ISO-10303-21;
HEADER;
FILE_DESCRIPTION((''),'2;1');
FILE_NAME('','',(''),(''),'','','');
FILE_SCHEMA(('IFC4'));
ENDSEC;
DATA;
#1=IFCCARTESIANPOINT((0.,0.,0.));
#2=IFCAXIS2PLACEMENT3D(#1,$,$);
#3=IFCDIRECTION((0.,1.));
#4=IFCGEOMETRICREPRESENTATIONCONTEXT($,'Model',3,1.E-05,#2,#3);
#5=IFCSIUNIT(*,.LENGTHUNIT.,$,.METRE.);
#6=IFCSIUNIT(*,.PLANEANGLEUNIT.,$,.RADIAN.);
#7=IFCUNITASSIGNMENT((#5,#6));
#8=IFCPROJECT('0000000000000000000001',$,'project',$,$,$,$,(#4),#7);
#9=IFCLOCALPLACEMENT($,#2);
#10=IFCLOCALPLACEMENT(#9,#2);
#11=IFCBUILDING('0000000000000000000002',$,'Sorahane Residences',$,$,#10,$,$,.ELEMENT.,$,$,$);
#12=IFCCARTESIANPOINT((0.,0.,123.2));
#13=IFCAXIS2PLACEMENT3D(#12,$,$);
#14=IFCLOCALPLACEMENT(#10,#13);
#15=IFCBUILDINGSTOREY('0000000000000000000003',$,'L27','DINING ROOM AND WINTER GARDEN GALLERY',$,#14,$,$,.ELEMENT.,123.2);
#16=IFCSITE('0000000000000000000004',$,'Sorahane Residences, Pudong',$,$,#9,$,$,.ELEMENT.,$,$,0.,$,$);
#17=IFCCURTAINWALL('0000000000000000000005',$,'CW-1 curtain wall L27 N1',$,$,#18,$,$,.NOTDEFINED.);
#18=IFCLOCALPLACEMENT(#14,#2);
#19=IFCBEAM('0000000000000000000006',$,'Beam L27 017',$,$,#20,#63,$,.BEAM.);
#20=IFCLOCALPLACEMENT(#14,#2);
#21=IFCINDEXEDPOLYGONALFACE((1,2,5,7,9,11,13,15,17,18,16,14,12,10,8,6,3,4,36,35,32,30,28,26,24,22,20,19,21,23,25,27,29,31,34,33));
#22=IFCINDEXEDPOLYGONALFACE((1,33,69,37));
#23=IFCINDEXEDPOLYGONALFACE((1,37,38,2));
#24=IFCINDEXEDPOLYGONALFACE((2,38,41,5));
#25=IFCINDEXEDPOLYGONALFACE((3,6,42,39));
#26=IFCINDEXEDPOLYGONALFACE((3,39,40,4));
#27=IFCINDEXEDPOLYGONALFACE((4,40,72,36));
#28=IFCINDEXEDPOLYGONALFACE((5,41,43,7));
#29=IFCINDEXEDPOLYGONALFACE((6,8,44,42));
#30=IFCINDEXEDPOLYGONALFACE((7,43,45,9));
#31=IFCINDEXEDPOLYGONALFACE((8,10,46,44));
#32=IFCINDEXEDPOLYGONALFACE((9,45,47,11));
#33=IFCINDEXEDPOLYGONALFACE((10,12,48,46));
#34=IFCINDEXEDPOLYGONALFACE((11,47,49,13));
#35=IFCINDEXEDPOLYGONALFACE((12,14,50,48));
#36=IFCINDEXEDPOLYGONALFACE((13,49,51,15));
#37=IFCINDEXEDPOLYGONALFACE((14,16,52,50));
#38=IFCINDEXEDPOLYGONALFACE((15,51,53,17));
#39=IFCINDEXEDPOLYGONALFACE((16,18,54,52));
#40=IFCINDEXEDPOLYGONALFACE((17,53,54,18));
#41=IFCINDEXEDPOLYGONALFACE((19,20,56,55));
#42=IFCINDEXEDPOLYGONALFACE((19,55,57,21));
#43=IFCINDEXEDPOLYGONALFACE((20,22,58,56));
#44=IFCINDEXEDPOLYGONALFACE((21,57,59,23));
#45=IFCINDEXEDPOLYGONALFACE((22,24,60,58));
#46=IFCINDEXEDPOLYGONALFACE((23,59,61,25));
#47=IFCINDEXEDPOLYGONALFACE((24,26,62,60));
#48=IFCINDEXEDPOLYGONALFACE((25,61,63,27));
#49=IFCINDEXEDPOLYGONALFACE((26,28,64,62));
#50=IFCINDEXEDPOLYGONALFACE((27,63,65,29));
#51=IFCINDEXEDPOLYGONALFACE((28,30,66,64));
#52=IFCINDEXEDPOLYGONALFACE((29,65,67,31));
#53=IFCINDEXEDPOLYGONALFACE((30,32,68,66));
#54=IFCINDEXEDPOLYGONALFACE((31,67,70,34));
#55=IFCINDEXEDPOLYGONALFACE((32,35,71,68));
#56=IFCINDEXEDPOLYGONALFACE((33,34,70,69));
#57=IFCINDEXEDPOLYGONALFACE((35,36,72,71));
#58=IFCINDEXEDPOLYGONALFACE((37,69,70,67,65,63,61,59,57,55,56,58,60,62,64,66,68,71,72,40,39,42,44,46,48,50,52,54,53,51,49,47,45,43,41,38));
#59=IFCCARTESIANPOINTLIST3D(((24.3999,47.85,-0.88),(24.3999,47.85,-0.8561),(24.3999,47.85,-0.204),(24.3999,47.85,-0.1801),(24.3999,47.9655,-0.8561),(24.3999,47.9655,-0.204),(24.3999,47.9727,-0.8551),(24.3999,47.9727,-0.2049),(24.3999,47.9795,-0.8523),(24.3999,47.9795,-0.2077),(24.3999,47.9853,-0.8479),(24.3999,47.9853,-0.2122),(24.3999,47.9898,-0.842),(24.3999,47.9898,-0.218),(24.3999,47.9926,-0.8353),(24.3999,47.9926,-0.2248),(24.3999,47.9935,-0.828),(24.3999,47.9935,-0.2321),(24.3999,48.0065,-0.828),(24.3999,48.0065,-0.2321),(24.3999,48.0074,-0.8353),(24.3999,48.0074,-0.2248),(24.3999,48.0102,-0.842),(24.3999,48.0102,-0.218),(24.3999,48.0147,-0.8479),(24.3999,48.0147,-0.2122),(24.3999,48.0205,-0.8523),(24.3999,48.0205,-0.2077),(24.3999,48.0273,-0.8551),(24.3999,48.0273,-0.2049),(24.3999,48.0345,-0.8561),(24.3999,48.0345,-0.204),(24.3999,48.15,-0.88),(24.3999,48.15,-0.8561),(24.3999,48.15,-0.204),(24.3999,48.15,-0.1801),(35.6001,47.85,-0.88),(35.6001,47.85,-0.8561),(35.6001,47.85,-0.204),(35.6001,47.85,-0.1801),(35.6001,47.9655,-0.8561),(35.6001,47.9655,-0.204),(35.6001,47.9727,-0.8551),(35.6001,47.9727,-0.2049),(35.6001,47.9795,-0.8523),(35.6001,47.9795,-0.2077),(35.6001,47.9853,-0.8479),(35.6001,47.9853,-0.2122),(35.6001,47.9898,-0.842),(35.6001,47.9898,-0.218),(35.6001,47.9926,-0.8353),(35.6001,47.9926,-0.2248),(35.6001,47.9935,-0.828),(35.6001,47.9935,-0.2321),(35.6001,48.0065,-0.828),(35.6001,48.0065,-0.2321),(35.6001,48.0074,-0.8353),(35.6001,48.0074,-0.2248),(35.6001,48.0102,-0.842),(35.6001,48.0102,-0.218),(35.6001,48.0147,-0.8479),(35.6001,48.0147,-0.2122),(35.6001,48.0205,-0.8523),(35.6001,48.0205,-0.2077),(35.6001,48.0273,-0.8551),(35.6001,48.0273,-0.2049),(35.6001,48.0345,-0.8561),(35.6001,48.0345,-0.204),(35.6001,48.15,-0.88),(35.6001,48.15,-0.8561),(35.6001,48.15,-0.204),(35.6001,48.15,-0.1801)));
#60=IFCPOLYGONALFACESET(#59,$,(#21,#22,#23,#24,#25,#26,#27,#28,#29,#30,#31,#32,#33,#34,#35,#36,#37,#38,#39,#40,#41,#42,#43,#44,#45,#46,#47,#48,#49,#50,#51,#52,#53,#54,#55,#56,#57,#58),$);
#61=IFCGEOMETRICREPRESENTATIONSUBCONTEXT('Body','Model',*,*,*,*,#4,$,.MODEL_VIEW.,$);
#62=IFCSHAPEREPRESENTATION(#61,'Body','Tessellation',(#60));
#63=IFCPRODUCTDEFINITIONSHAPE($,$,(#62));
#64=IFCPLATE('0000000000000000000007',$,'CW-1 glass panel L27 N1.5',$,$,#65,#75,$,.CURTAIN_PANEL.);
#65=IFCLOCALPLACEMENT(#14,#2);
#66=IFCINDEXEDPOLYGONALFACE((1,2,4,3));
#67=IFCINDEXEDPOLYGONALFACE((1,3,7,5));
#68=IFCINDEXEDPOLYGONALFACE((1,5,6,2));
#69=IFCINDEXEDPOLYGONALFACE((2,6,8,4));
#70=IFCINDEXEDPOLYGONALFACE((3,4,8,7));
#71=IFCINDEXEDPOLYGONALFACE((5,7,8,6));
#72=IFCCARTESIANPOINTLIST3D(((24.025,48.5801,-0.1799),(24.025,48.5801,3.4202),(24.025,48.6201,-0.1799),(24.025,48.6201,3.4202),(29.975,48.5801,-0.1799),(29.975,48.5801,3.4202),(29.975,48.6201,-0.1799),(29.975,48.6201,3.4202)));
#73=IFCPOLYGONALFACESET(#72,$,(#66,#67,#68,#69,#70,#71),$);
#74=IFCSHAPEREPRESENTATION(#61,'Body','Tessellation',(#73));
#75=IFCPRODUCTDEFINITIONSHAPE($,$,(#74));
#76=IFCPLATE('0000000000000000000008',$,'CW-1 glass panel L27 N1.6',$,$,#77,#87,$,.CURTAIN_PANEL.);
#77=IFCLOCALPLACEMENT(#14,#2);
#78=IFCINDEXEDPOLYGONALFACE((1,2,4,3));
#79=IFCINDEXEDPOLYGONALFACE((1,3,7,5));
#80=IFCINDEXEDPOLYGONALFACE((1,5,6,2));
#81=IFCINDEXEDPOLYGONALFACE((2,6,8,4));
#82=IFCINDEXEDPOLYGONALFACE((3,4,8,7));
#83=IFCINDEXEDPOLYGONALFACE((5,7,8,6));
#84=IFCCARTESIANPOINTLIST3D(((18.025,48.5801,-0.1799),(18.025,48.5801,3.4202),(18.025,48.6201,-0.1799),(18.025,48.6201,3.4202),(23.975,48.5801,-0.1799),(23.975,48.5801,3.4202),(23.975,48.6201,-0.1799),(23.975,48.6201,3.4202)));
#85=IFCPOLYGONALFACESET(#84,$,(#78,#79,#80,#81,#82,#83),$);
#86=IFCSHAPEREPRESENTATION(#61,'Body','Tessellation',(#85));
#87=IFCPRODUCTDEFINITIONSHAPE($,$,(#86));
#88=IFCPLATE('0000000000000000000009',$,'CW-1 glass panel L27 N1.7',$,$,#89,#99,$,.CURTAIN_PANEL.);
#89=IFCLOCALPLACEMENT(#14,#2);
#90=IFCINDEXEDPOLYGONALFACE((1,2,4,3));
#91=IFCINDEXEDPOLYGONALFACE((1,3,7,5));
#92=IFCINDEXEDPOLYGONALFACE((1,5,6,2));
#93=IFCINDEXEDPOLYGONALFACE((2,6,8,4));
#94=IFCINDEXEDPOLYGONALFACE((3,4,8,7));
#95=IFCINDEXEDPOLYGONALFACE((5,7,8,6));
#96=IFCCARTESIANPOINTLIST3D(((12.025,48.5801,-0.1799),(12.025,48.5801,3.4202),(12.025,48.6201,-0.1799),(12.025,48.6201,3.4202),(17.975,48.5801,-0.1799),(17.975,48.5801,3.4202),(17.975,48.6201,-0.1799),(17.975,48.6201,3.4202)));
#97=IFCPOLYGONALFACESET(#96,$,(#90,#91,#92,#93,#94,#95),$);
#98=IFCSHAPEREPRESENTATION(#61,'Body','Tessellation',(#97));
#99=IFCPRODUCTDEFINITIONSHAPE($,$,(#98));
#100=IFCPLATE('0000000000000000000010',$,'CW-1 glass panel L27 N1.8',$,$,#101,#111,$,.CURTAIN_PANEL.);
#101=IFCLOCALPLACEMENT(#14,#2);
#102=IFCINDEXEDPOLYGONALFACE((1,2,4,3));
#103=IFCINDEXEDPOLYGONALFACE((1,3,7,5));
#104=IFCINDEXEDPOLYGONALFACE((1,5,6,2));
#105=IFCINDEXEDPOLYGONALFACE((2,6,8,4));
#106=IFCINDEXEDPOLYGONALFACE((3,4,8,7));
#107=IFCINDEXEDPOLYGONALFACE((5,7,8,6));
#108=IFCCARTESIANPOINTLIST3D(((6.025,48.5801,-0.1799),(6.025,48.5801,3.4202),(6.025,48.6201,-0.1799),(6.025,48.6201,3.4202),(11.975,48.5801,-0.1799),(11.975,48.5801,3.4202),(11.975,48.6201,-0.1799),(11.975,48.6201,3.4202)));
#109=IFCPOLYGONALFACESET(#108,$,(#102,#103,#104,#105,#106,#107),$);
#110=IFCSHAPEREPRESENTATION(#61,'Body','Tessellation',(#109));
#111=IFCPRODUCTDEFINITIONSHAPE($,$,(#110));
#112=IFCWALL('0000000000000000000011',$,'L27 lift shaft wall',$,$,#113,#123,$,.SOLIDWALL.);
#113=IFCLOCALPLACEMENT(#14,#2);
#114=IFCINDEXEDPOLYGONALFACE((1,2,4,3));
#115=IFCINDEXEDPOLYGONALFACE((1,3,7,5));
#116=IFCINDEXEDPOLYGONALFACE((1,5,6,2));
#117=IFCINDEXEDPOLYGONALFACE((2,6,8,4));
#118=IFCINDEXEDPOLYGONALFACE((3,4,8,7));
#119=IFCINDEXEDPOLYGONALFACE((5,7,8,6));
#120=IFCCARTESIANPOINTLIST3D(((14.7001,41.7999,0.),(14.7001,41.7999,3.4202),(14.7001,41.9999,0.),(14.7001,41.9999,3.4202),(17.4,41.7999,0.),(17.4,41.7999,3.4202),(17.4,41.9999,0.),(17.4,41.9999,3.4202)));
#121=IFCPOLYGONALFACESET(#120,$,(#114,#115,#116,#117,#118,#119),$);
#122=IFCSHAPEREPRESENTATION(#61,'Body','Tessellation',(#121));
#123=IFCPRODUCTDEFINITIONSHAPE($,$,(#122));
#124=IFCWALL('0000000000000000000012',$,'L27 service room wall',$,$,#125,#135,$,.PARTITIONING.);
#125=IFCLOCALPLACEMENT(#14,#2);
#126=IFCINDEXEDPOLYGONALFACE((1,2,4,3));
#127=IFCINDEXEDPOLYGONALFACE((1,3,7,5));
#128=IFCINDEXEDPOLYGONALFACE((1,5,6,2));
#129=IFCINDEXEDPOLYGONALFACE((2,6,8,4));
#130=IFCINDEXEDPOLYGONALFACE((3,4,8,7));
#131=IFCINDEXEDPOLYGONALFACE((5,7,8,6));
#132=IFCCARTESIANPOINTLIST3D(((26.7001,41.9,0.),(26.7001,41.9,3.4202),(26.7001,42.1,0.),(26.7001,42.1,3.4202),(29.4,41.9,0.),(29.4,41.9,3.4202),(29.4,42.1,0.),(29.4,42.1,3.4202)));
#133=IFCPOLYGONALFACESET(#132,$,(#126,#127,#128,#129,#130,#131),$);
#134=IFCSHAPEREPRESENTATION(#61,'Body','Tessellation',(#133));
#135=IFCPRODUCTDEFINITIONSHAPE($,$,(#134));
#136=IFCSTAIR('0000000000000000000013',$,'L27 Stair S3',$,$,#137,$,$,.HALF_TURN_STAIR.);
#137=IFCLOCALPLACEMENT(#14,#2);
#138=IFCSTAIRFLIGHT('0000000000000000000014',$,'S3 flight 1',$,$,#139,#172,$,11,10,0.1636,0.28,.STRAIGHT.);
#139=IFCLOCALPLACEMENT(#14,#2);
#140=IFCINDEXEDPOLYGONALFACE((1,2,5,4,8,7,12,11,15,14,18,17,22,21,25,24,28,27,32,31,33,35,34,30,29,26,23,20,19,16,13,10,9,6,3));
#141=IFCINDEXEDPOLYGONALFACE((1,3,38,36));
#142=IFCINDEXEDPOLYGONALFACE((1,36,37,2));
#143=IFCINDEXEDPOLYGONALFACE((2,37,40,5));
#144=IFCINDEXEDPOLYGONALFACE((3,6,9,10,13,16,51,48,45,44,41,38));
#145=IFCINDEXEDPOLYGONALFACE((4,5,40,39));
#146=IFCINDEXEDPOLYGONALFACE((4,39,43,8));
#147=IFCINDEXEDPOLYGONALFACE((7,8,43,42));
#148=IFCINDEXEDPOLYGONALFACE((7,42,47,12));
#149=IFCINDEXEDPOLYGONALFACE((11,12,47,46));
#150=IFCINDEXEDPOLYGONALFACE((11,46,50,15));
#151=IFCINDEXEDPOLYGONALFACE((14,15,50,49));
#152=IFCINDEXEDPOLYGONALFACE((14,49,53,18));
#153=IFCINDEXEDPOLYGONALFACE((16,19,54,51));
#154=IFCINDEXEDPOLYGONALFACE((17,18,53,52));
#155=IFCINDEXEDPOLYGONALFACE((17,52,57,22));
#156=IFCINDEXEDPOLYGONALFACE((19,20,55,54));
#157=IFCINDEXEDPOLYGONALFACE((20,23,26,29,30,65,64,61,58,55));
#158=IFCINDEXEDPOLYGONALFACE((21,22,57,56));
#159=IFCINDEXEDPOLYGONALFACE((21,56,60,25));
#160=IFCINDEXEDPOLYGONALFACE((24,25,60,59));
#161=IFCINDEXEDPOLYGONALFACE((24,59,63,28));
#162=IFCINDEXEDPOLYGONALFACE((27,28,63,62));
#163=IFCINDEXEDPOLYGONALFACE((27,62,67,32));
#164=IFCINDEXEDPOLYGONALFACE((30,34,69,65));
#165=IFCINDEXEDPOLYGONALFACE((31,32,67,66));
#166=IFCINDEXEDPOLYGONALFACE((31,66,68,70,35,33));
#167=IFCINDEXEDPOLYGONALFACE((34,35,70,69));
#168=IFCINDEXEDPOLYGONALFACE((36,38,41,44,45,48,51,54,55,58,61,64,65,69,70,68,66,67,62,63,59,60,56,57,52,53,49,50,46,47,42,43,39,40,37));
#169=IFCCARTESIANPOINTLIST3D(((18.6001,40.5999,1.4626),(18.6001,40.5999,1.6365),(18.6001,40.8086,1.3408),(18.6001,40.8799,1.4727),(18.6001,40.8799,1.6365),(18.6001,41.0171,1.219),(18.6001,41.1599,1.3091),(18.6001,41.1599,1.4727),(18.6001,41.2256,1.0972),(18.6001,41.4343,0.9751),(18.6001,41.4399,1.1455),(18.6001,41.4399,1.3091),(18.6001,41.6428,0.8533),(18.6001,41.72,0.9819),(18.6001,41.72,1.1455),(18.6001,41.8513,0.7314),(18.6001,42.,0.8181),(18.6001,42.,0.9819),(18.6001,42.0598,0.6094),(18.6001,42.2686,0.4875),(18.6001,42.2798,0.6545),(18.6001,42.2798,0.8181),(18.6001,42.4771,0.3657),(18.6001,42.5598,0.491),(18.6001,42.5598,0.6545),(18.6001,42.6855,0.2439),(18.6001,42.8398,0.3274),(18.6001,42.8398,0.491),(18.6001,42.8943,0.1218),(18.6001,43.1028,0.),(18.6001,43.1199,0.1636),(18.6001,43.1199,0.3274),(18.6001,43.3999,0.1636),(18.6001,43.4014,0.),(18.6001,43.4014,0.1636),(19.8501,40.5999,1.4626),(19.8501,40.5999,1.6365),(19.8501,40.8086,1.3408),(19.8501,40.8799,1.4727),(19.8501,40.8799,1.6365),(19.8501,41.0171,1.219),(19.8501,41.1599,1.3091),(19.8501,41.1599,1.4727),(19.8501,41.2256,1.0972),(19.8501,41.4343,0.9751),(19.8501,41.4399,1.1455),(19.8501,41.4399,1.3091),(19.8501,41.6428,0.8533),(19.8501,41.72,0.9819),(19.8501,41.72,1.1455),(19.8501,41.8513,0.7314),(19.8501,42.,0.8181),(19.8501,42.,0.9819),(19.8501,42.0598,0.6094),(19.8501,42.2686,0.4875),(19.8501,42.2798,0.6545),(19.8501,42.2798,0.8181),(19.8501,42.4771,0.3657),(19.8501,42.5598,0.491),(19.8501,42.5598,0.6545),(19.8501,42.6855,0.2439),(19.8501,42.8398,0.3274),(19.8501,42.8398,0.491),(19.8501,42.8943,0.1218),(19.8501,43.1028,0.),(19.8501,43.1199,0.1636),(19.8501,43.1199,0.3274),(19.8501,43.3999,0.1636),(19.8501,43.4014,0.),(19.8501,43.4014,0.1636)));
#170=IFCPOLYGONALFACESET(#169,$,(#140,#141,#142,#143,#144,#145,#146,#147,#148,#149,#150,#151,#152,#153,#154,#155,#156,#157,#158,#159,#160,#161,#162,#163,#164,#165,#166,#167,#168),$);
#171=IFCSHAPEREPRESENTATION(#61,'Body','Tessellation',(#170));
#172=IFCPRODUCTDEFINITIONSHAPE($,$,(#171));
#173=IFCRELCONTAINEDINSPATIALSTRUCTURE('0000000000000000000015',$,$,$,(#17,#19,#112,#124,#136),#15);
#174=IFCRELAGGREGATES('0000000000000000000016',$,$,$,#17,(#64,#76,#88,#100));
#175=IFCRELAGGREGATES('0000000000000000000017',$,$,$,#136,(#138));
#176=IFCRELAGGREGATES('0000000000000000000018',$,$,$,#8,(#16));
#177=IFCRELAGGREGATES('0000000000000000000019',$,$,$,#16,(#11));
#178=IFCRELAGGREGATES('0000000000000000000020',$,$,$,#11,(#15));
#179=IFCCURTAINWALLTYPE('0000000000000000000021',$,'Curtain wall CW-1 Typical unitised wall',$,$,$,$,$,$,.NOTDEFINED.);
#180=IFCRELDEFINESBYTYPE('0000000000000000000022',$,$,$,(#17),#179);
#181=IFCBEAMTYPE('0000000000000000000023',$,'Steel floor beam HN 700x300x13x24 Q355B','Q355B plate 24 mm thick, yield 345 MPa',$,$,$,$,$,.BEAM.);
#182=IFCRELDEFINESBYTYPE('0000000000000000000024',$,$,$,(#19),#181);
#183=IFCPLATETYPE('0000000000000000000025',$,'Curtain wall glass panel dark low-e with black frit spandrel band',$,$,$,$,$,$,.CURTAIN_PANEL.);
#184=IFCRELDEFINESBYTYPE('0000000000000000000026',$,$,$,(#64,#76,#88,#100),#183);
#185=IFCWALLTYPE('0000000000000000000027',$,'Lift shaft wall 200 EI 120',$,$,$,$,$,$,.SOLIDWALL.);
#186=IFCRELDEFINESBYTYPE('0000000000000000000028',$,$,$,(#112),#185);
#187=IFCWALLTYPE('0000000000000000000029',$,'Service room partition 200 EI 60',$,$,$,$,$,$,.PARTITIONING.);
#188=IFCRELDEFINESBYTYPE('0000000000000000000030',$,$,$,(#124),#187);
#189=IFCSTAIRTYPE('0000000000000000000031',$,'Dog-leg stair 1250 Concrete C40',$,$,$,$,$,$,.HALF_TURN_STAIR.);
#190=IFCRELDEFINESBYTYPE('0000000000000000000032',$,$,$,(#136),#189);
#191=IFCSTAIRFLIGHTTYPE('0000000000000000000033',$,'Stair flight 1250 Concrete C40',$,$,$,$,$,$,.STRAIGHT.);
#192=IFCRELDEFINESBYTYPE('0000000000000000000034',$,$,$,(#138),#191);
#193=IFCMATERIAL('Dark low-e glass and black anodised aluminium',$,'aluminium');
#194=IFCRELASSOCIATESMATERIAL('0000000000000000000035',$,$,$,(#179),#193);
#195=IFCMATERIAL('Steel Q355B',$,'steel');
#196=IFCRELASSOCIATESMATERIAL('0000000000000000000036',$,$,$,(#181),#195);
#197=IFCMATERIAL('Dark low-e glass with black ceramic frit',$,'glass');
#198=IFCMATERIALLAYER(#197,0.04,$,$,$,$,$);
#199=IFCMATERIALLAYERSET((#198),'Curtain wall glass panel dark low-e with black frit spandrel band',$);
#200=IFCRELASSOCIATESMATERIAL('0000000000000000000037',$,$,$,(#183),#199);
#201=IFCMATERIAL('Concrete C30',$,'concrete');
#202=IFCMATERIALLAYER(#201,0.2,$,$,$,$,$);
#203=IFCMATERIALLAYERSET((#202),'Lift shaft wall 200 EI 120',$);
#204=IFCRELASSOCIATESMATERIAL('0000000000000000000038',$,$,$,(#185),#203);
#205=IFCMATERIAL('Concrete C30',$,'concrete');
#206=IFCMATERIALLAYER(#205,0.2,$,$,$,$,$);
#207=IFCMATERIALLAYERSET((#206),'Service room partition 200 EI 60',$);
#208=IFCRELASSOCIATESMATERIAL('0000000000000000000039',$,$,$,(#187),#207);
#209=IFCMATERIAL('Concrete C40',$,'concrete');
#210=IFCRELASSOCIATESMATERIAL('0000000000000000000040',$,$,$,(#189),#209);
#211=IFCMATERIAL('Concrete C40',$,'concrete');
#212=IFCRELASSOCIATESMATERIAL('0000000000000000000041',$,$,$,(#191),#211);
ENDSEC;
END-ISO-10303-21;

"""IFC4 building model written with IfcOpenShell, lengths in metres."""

from ifc_helpers import new_model, si_unit, direction, frame, frame_2d, origin, origin_2d, place, context, subcontext, project, spatial, polyline, rectangle, i_section, outline, extrude, material, layer, layer_set, material_profile, profile_set, type_object, element, aggregate, save


model = new_model("IFC4")

# Units and contexts
model_context = context("Model", 3, precision=1e-05, world=origin(), true_north=direction((0.0, 1.0)))
body_context = subcontext(model_context, "Body", "Model", "MODEL_VIEW")
ifc_project = project(units=[si_unit("LENGTHUNIT", "METRE"), si_unit("PLANEANGLEUNIT", "RADIAN")], contexts=[model_context])

# Site, building, storey
site_placement = place(None, origin())
site = spatial("IfcSite", under=ifc_project, at=site_placement, Name="Sorahane Residences, Pudong", CompositionType="ELEMENT", RefElevation=0.0)
building_placement = place(site_placement, origin())
building = spatial("IfcBuilding", under=site, at=building_placement, Name="Sorahane Residences", CompositionType="ELEMENT")
storey_placement = place(building_placement, frame((0.0, 0.0, 123.2)))
storey = spatial("IfcBuildingStorey", under=building, at=storey_placement, Name="L27", Description="DINING ROOM AND WINTER GARDEN GALLERY", CompositionType="ELEMENT", Elevation=123.2)

# Curtain wall
ifc_material_1 = material(Name="Dark low-e glass and black anodised aluminium", Category="aluminium")
curtain_wall_type = type_object("IfcCurtainWallType", Name="Curtain wall CW-1 Typical unitised wall", PredefinedType="NOTDEFINED", material=ifc_material_1)
curtain_wall_placement = place(storey_placement, origin())
curtain_wall = element("IfcCurtainWall", 1, at=curtain_wall_placement, inside=storey, type_object=curtain_wall_type, Name="CW-1 curtain wall L27 N1", PredefinedType="NOTDEFINED")

# Beam
ifc_material_2 = material(Name="Steel Q355B", Category="steel")
ifc_material_profile_1 = material_profile(ifc_material_2, i_section(OverallWidth=0.3, OverallDepth=0.7, WebThickness=0.0129, FlangeThickness=0.0239, FilletRadius=0.0281, at=origin_2d()), Name="HN 700x300x13x24")
ifc_profile_set_1 = profile_set([ifc_material_profile_1], Name="Steel Q355B")
beam_type_1 = type_object("IfcBeamType", Name="Steel floor beam HN 700x300x13x24 Q355B", Description="Q355B plate 24 mm thick, yield 345 MPa", PredefinedType="BEAM", material=ifc_profile_set_1)
for number, where, z_axis, x_axis, name in (
    (2, (24.3999, 48.0, -0.53), (1.0, 0.0, 0.0), (0.0, 1.0, 0.0), "Beam L27 017"),
):
    element("IfcBeam", number, at=place(storey_placement, frame(where, z_axis=z_axis, x_axis=x_axis)), inside=storey, type_object=beam_type_1, Name=name, PredefinedType="BEAM", context=body_context, shape_type="SweptSolid", body=[
        extrude(i_section(OverallWidth=0.3, OverallDepth=0.7, WebThickness=0.0129, FlangeThickness=0.0239, FilletRadius=0.0281, at=origin_2d()), origin(), (0.0, 0.0, 1.0), 11.2002),
    ])

# Plates
ifc_material_3 = material(Name="Dark low-e glass with black ceramic frit", Category="glass")
ifc_layer_1 = layer(ifc_material_3, 0.04)
ifc_layer_set_1 = layer_set([ifc_layer_1], Name="Curtain wall glass panel dark low-e with black frit spandrel band")
plate_type = type_object("IfcPlateType", Name="Curtain wall glass panel dark low-e with black frit spandrel band", PredefinedType="CURTAIN_PANEL", material=ifc_layer_set_1)
plate_1_placement = place(storey_placement, frame((27.0, 48.6001, -0.1799), z_axis=(0.0, 0.0, 1.0), x_axis=(-1.0, 0.0, 0.0)))
plate_1 = element("IfcPlate", 3, at=plate_1_placement, type_object=plate_type, Name="CW-1 glass panel L27 N1.5", PredefinedType="CURTAIN_PANEL", context=body_context, shape_type="SweptSolid", body=[
    extrude(rectangle(XDim=5.95, YDim=0.04, at=origin_2d()), origin(), (0.0, 0.0, 1.0), 3.6001),
])
plate_2_placement = place(storey_placement, frame((21.0, 48.6001, -0.1799), z_axis=(0.0, 0.0, 1.0), x_axis=(-1.0, 0.0, 0.0)))
plate_2 = element("IfcPlate", 4, at=plate_2_placement, type_object=plate_type, Name="CW-1 glass panel L27 N1.6", PredefinedType="CURTAIN_PANEL", context=body_context, shape_type="SweptSolid", body=[
    extrude(rectangle(XDim=5.95, YDim=0.04, at=origin_2d()), origin(), (0.0, 0.0, 1.0), 3.6001),
])
plate_3_placement = place(storey_placement, frame((15.0, 48.6001, -0.1799), z_axis=(0.0, 0.0, 1.0), x_axis=(-1.0, 0.0, 0.0)))
plate_3 = element("IfcPlate", 5, at=plate_3_placement, type_object=plate_type, Name="CW-1 glass panel L27 N1.7", PredefinedType="CURTAIN_PANEL", context=body_context, shape_type="SweptSolid", body=[
    extrude(rectangle(XDim=5.95, YDim=0.04, at=origin_2d()), origin(), (0.0, 0.0, 1.0), 3.6001),
])
plate_4_placement = place(storey_placement, frame((9.0, 48.6001, -0.1799), z_axis=(0.0, 0.0, 1.0), x_axis=(-1.0, 0.0, 0.0)))
plate_4 = element("IfcPlate", 6, at=plate_4_placement, type_object=plate_type, Name="CW-1 glass panel L27 N1.8", PredefinedType="CURTAIN_PANEL", context=body_context, shape_type="SweptSolid", body=[
    extrude(rectangle(XDim=5.95, YDim=0.04, at=origin_2d()), origin(), (0.0, 0.0, 1.0), 3.6001),
])
aggregate(curtain_wall, [plate_1, plate_2, plate_3, plate_4])

# Walls
ifc_material_4 = material(Name="Concrete C30", Category="concrete")
ifc_layer_2 = layer(ifc_material_4, 0.2)
ifc_layer_set_2 = layer_set([ifc_layer_2], Name="Lift shaft wall 200 EI 120")
wall_type_1 = type_object("IfcWallType", Name="Lift shaft wall 200 EI 120", PredefinedType="SOLIDWALL", material=ifc_layer_set_2)
wall_1_placement = place(storey_placement, frame((14.7, 41.8999, 0.0), z_axis=(0.0, 0.0, 1.0), x_axis=(1.0, 0.0, 0.0)))
element("IfcWall", 7, at=wall_1_placement, inside=storey, type_object=wall_type_1, Name="L27 lift shaft wall", PredefinedType="SOLIDWALL", context=body_context, shape_type="SweptSolid", body=[
    extrude(rectangle(XDim=2.7, YDim=0.2, at=frame_2d((1.3501, 0.0))), origin(), (0.0, 0.0, 1.0), 3.4202),
])
ifc_material_5 = material(Name="Concrete C30", Category="concrete")
ifc_layer_3 = layer(ifc_material_5, 0.2)
ifc_layer_set_3 = layer_set([ifc_layer_3], Name="Service room partition 200 EI 60")
wall_type_2 = type_object("IfcWallType", Name="Service room partition 200 EI 60", PredefinedType="PARTITIONING", material=ifc_layer_set_3)
wall_2_placement = place(storey_placement, frame((26.7, 42.0, 0.0), z_axis=(0.0, 0.0, 1.0), x_axis=(1.0, 0.0, 0.0)))
element("IfcWall", 8, at=wall_2_placement, inside=storey, type_object=wall_type_2, Name="L27 service room wall", PredefinedType="PARTITIONING", context=body_context, shape_type="SweptSolid", body=[
    extrude(rectangle(XDim=2.7, YDim=0.2, at=frame_2d((1.3501, 0.0))), origin(), (0.0, 0.0, 1.0), 3.4202),
])

# Stair, stair flight
ifc_material_6 = material(Name="Concrete C40", Category="concrete")
stair_type = type_object("IfcStairType", Name="Dog-leg stair 1250 Concrete C40", PredefinedType="HALF_TURN_STAIR", material=ifc_material_6)
stair_placement = place(storey_placement, origin())
stair = element("IfcStair", 9, at=stair_placement, inside=storey, type_object=stair_type, Name="L27 Stair S3", PredefinedType="HALF_TURN_STAIR")
ifc_material_7 = material(Name="Concrete C40", Category="concrete")
stair_flight_type = type_object("IfcStairFlightType", Name="Stair flight 1250 Concrete C40", PredefinedType="STRAIGHT", material=ifc_material_7)
stair_flight_placement = place(storey_placement, frame((19.2251, 43.3999, 0.0), z_axis=(0.0, 0.0, 1.0), x_axis=(0.0, -1.0, 0.0)))
stair_flight = element("IfcStairFlight", 10, at=stair_flight_placement, type_object=stair_flight_type, Name="S3 flight 1", NumberOfRisers=11, NumberOfTreads=10, PredefinedType="STRAIGHT", RiserHeight=0.1636, TreadLength=0.28, context=body_context, shape_type="SweptSolid", body=[
    extrude(outline(polyline([(-0.0015, 0.0), (-0.0015, 0.1636), (0.0, 0.1636), (0.28, 0.1636), (0.28, 0.3274), (0.5601, 0.3274), (0.5601, 0.491), (0.8401, 0.491), (0.8401, 0.6545), (1.1201, 0.6545), (1.1201, 0.8181), (1.3999, 0.8181), (1.3999, 0.9819), (1.6799, 0.9819), (1.6799, 1.1455), (1.96, 1.1455), (1.96, 1.3091), (2.24, 1.3091), (2.24, 1.4727), (2.52, 1.4727), (2.52, 1.6365), (2.8, 1.6365), (2.8, 1.8), (2.8, 1.4626), (2.5913, 1.3408), (2.3828, 1.219), (2.1743, 1.0972), (1.9656, 0.9751), (1.7571, 0.8533), (1.5486, 0.7314), (1.3401, 0.6094), (1.1313, 0.4875), (0.9229, 0.3657), (0.7144, 0.2439), (0.5056, 0.1218), (0.2971, 0.0), (-0.0015, 0.0)])), frame((0.0, 0.625, 0.0), z_axis=(0.0, -1.0, 0.0), x_axis=(1.0, 0.0, 0.0)), (0.0, 0.0, 1.0), 1.25),
])
aggregate(stair, [stair_flight])

save(model, "model.ifc")
